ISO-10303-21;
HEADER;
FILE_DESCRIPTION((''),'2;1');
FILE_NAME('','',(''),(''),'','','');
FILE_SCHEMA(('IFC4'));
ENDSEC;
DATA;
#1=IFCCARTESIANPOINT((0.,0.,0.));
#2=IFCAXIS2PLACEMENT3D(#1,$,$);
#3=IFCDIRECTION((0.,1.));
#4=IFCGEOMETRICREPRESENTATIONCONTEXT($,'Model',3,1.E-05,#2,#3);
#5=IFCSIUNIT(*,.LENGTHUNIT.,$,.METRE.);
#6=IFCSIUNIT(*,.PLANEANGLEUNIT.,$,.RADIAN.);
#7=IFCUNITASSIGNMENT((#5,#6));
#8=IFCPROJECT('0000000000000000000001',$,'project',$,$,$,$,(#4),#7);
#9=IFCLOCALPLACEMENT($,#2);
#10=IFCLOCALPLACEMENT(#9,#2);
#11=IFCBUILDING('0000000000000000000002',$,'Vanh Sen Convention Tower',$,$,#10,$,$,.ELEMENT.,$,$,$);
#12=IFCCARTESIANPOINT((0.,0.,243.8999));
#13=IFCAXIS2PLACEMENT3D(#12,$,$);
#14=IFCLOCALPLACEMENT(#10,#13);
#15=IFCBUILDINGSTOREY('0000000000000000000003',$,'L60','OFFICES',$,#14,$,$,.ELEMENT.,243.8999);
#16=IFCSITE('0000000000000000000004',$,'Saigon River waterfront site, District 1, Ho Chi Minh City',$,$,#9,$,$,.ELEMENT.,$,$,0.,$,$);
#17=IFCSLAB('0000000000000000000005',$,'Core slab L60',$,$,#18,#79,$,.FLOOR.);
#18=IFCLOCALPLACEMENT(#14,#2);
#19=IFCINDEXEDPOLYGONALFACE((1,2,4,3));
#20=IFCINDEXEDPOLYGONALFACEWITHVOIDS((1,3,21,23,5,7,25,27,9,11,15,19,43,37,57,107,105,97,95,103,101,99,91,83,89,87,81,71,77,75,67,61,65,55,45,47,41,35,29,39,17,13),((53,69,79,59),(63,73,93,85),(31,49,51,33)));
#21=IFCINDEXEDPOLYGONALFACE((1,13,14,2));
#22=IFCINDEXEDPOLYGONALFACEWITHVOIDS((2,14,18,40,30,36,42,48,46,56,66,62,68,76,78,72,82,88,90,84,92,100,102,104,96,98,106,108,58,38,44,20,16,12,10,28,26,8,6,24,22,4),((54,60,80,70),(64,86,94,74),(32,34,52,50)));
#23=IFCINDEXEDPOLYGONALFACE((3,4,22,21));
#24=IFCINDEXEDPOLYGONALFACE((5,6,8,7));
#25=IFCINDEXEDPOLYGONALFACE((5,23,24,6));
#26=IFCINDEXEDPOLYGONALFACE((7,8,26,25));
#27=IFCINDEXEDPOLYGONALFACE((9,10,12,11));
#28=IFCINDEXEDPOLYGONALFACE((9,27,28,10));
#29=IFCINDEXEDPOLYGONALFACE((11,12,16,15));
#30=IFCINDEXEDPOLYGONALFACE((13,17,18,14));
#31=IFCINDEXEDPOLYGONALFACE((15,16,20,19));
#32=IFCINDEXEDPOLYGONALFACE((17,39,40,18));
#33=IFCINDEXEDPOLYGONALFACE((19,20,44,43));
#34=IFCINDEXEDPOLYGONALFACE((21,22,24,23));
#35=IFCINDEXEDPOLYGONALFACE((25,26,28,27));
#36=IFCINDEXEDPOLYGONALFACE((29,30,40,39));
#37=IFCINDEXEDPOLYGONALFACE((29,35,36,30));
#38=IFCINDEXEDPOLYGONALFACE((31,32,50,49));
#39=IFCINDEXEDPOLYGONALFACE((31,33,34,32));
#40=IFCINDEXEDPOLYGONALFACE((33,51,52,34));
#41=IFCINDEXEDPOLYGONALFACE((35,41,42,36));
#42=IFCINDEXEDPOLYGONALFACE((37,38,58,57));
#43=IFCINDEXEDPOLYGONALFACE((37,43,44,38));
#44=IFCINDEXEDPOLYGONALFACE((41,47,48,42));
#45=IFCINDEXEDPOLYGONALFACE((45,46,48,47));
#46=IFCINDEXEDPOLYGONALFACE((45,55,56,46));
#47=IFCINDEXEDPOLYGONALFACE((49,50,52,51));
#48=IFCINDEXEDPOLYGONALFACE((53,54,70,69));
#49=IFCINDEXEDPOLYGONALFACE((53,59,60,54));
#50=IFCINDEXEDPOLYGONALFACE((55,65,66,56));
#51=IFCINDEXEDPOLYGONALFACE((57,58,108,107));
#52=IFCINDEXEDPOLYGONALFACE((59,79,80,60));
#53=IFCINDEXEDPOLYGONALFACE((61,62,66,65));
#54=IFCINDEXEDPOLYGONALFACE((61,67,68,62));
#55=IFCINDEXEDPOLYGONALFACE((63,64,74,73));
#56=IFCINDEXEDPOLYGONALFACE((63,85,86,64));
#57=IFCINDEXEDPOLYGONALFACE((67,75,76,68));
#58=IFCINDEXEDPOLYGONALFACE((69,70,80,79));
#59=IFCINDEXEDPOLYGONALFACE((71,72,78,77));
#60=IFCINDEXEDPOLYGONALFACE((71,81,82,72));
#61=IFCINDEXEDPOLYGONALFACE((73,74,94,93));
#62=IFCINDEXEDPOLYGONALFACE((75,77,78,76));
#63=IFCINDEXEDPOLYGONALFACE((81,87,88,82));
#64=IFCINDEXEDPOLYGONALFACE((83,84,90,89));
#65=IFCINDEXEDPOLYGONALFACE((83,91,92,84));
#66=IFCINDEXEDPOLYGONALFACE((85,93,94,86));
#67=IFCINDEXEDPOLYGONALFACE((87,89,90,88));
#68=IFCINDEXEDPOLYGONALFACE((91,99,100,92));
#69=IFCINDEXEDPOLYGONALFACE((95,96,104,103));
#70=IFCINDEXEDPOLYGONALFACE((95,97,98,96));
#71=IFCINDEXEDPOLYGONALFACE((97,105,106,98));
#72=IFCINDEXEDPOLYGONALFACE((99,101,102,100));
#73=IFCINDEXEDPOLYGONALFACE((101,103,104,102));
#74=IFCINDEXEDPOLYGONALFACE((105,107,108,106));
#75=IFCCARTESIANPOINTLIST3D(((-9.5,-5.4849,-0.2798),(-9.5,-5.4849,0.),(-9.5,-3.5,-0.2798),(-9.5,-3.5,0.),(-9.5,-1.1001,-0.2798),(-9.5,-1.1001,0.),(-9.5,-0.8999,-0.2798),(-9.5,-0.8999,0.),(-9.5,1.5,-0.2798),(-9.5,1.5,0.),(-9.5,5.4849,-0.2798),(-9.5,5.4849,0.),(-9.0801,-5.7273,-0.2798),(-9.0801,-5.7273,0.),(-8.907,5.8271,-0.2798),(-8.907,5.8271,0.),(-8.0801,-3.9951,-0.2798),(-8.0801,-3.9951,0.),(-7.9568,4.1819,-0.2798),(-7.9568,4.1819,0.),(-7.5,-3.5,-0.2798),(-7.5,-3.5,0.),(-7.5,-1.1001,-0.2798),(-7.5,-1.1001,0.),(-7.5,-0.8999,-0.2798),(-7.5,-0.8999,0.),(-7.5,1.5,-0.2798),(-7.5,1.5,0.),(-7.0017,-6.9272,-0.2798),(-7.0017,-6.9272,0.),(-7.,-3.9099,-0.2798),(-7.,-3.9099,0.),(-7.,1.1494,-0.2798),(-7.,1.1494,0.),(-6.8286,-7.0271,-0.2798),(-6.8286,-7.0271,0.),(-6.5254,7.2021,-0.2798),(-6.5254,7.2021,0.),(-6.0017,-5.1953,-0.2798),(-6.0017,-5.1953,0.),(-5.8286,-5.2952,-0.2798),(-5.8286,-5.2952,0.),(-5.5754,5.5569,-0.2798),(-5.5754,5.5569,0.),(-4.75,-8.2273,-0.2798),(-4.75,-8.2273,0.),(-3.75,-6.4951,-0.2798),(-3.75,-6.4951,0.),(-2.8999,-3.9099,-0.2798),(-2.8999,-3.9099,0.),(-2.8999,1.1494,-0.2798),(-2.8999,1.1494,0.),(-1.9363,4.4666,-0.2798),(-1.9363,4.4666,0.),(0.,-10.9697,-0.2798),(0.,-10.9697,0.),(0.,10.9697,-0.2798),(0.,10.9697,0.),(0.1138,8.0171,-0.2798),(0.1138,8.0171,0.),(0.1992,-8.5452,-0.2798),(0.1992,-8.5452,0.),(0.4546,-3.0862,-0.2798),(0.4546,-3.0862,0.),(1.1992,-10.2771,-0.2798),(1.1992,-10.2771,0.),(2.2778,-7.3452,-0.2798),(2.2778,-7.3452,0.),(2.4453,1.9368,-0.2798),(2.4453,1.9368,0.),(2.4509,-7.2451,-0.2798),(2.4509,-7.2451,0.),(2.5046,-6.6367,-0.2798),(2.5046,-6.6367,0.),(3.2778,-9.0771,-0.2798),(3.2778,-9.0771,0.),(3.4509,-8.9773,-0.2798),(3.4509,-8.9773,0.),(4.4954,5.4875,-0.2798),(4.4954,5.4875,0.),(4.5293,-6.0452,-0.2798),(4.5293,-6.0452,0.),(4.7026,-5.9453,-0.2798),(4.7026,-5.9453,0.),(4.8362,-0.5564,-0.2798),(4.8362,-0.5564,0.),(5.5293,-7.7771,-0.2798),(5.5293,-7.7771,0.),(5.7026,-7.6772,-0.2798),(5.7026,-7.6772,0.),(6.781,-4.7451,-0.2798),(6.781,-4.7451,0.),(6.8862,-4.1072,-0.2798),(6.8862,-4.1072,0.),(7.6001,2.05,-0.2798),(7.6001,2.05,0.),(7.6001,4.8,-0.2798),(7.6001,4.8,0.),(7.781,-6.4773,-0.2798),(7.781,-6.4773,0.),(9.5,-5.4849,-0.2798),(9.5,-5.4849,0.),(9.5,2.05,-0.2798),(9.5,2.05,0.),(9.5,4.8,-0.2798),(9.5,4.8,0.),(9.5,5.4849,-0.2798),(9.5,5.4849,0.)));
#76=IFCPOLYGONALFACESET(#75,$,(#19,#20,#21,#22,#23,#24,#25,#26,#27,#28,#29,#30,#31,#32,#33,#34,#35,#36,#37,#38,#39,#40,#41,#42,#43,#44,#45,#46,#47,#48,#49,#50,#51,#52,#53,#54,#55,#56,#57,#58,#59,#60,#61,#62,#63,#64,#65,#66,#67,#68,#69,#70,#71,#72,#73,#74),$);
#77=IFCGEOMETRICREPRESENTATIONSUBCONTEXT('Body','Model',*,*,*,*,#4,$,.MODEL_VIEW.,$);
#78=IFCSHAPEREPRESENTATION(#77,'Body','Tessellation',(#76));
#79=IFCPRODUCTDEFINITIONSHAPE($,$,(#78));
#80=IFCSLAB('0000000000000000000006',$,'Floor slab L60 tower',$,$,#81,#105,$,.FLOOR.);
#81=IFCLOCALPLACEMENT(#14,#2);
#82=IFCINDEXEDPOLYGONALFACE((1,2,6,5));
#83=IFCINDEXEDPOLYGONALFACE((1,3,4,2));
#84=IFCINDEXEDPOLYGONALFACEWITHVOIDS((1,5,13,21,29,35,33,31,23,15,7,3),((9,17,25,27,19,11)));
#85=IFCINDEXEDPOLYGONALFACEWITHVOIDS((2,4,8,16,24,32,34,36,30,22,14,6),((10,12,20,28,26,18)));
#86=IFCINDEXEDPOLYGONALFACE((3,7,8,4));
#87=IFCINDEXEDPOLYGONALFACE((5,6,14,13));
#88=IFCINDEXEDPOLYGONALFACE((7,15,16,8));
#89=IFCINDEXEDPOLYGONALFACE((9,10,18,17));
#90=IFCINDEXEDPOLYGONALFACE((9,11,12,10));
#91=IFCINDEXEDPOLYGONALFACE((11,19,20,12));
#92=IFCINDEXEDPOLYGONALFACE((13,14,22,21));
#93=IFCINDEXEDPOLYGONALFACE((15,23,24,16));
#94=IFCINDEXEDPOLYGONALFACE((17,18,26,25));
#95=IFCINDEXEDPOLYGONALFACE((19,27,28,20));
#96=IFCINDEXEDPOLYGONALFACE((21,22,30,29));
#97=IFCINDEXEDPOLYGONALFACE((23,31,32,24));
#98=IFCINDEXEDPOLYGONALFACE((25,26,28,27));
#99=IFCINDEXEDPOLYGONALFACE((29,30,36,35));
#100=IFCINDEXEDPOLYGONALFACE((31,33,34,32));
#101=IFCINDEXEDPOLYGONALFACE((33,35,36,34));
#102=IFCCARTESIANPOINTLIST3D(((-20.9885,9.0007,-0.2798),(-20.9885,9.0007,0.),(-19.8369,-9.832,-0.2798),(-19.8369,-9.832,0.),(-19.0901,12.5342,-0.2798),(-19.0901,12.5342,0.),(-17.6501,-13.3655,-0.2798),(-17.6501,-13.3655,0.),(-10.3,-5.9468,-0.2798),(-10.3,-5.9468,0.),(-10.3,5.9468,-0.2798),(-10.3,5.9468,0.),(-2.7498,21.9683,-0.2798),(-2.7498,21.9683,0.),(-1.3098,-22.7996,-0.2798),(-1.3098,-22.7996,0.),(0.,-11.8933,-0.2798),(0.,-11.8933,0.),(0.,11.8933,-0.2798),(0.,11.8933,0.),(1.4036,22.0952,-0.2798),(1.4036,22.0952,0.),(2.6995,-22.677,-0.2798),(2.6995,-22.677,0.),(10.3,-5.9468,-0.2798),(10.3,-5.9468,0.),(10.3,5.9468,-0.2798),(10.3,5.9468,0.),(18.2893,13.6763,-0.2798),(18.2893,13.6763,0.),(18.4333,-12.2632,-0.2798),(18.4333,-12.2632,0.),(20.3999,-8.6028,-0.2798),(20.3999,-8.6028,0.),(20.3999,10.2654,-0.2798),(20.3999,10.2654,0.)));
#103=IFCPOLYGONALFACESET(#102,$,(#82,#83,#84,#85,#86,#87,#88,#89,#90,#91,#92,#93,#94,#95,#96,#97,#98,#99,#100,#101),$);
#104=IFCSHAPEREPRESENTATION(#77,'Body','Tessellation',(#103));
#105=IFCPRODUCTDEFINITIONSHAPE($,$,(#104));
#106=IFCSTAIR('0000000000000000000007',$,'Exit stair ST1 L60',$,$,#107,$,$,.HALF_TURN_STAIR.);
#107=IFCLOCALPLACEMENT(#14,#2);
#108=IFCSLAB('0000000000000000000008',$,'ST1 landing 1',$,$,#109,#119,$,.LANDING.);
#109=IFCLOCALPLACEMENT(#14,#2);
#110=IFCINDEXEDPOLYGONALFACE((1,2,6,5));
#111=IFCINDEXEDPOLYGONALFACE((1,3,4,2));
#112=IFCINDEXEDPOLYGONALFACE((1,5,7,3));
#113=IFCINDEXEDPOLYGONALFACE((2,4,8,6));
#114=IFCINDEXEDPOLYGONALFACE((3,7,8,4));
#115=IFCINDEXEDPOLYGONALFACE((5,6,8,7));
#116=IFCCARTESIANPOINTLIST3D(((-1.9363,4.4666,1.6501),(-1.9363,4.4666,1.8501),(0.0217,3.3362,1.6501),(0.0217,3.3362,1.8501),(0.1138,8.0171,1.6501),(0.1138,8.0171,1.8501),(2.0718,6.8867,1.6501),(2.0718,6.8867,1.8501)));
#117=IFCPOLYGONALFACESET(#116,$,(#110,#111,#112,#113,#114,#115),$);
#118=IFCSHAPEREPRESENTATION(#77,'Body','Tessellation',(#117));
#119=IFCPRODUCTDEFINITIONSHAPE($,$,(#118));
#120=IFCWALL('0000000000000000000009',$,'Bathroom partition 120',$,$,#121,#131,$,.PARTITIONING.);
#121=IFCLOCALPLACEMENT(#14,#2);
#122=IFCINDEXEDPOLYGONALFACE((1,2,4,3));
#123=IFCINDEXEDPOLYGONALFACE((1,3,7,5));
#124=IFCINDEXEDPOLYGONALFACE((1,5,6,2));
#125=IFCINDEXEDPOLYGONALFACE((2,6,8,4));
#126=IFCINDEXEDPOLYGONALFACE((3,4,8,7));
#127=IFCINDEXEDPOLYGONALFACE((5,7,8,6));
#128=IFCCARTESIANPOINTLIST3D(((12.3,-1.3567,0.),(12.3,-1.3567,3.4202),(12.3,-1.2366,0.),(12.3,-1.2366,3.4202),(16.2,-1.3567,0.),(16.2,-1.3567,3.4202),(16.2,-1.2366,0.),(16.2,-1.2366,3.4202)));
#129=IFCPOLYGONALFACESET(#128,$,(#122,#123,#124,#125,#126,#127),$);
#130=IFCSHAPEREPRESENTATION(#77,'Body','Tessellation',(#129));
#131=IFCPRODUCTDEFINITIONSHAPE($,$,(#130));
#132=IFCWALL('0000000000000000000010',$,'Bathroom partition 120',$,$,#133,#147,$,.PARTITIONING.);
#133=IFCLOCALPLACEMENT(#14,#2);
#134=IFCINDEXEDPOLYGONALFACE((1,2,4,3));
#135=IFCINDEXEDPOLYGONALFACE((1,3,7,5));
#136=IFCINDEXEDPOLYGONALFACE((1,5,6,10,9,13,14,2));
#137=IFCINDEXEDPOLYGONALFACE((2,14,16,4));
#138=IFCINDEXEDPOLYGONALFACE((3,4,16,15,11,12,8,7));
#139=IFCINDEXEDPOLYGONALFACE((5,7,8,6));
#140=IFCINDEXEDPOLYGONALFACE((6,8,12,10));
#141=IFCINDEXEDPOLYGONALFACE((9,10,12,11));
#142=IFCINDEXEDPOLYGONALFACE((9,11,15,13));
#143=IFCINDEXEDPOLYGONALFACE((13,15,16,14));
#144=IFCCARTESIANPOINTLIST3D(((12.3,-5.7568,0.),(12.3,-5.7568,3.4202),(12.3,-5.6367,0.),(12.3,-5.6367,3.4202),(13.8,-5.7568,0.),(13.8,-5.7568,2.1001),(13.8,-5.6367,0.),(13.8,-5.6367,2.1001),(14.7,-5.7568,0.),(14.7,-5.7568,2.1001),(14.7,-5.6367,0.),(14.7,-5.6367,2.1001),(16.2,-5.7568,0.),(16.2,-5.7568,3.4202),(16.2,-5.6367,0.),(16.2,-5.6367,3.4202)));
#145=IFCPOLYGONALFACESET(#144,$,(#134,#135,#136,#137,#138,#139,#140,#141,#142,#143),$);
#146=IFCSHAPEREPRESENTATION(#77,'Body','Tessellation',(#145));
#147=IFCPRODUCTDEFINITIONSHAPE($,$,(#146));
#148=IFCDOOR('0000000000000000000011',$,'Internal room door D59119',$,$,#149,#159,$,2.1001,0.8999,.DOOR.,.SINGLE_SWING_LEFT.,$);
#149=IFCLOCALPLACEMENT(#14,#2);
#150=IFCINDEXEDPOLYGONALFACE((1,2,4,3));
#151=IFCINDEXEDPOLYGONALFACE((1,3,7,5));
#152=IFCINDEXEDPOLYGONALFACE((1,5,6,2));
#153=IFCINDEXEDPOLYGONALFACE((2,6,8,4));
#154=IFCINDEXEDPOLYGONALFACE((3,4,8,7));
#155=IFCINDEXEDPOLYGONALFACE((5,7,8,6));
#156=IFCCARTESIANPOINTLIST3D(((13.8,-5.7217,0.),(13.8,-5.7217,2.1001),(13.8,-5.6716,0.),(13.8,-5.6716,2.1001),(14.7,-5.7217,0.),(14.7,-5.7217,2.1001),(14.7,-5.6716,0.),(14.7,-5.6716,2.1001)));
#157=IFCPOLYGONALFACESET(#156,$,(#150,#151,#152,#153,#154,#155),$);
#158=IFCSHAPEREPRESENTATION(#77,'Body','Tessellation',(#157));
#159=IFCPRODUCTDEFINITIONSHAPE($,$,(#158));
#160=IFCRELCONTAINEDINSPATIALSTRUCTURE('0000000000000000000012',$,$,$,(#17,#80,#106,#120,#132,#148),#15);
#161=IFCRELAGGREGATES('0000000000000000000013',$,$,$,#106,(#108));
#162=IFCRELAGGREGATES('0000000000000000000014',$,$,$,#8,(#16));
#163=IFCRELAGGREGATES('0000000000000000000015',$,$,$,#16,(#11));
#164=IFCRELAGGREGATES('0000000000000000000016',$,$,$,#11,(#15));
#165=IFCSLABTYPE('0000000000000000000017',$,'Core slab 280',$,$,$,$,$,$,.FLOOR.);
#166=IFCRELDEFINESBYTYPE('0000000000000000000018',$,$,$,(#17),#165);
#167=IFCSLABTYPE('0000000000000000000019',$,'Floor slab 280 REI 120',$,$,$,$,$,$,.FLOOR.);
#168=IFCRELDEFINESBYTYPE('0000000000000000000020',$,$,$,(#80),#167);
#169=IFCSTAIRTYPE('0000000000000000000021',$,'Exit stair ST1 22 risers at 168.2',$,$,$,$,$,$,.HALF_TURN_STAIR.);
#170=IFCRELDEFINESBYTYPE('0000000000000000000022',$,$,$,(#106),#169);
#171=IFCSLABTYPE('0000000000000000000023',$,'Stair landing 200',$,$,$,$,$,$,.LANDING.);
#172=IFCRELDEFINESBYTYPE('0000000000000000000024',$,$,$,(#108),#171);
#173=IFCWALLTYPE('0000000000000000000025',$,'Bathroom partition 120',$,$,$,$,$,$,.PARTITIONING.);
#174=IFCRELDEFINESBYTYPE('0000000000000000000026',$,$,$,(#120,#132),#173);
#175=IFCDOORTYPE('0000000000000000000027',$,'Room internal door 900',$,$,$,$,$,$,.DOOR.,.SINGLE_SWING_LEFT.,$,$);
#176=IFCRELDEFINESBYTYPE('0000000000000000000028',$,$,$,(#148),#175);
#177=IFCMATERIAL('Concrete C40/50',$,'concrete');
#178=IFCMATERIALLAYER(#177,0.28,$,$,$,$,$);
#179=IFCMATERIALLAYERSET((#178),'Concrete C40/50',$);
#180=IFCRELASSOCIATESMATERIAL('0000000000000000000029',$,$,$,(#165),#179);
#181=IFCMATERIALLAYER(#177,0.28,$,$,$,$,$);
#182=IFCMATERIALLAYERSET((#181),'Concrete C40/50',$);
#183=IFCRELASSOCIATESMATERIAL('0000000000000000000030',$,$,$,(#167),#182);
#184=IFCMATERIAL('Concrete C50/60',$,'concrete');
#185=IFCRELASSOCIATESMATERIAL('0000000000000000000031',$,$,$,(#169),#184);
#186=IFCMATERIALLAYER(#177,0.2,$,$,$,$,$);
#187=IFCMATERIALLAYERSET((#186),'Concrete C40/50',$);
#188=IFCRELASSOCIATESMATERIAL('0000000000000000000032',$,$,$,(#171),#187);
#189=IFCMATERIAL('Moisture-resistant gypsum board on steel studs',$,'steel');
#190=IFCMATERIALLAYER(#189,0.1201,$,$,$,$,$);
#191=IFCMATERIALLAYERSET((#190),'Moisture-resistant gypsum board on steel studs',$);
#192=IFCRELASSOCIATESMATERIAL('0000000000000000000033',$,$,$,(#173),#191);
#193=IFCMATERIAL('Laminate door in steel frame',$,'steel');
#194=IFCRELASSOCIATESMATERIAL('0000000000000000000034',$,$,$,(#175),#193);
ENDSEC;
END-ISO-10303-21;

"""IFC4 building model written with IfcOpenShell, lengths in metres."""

from ifc_helpers import new_model, si_unit, direction, frame, frame_2d, origin, place, context, subcontext, project, spatial, polyline, rectangle, outline, extrude, material, layer, layer_set, type_object, element, fill, aggregate, save


model = new_model("IFC4")

# Units and contexts
model_context = context("Model", 3, precision=1e-05, world=origin(), true_north=direction((0.0, 1.0)))
body_context = subcontext(model_context, "Body", "Model", "MODEL_VIEW")
ifc_project = project(units=[si_unit("LENGTHUNIT", "METRE"), si_unit("PLANEANGLEUNIT", "RADIAN")], contexts=[model_context])

# Site, building, storey
site_placement = place(None, origin())
site = spatial("IfcSite", under=ifc_project, at=site_placement, Name="Saigon River waterfront site, District 1, Ho Chi Minh City", CompositionType="ELEMENT", RefElevation=0.0)
building_placement = place(site_placement, origin())
building = spatial("IfcBuilding", under=site, at=building_placement, Name="Vanh Sen Convention Tower", CompositionType="ELEMENT")
storey_placement = place(building_placement, frame((0.0, 0.0, 243.8999)))
storey = spatial("IfcBuildingStorey", under=building, at=storey_placement, Name="L60", Description="OFFICES", CompositionType="ELEMENT", Elevation=243.8999)

# Slabs
ifc_material_1 = material(Name="Concrete C40/50", Category="concrete")
ifc_layer_1 = layer(ifc_material_1, 0.28)
ifc_layer_set_1 = layer_set([ifc_layer_1], Name="Concrete C40/50")
slab_type_1 = type_object("IfcSlabType", Name="Core slab 280", PredefinedType="FLOOR", material=ifc_layer_set_1)
slab_1_placement = place(storey_placement, frame((0.0, 0.0, -0.2798)))
element("IfcSlab", 1, at=slab_1_placement, inside=storey, type_object=slab_type_1, Name="Core slab L60", PredefinedType="FLOOR", context=body_context, shape_type="SweptSolid", body=[
    extrude(outline(polyline([(0.0, 10.9697), (9.5, 5.4849), (9.5, 4.8), (7.6001, 4.8), (7.6001, 2.05), (9.5, 2.05), (9.5, -5.4849), (7.781, -6.4773), (6.781, -4.7451), (4.7026, -5.9453), (5.7026, -7.6772), (5.5293, -7.7771), (4.5293, -6.0452), (2.4509, -7.2451), (3.4509, -8.9773), (3.2778, -9.0771), (2.2778, -7.3452), (0.1992, -8.5452), (1.1992, -10.2771), (0.0, -10.9697), (-4.75, -8.2273), (-3.75, -6.4951), (-5.8286, -5.2952), (-6.8286, -7.0271), (-7.0017, -6.9272), (-6.0017, -5.1953), (-8.0801, -3.9951), (-9.0801, -5.7273), (-9.5, -5.4849), (-9.5, -3.5), (-7.5, -3.5), (-7.5, -1.1001), (-9.5, -1.1001), (-9.5, -0.8999), (-7.5, -0.8999), (-7.5, 1.5), (-9.5, 1.5), (-9.5, 5.4849), (-8.907, 5.8271), (-7.9568, 4.1819), (-5.5754, 5.5569), (-6.5254, 7.2021), (0.0, 10.9697)]), holes=[polyline([(-7.0, 1.1494), (-7.0, -3.9099), (-2.8999, -3.9099), (-2.8999, 1.1494), (-7.0, 1.1494)]), polyline([(2.5046, -6.6367), (6.8862, -4.1072), (4.8362, -0.5564), (0.4546, -3.0862), (2.5046, -6.6367)]), polyline([(0.1138, 8.0171), (-1.9363, 4.4666), (2.4453, 1.9368), (4.4954, 5.4875), (0.1138, 8.0171)])]), origin(), (0.0, 0.0, 1.0), 0.2798),
])
ifc_layer_2 = layer(ifc_material_1, 0.28)
ifc_layer_set_2 = layer_set([ifc_layer_2], Name="Concrete C40/50")
slab_type_2 = type_object("IfcSlabType", Name="Floor slab 280 REI 120", PredefinedType="FLOOR", material=ifc_layer_set_2)
slab_2_placement = place(storey_placement, frame((0.0, 0.0, -0.2798)))
element("IfcSlab", 2, at=slab_2_placement, inside=storey, type_object=slab_type_2, Name="Floor slab L60 tower", PredefinedType="FLOOR", context=body_context, shape_type="SweptSolid", body=[
    extrude(outline(polyline([(20.3999, -8.6028), (20.3999, 10.2654), (18.2893, 13.6763), (1.4036, 22.0952), (-2.7498, 21.9683), (-19.0901, 12.5342), (-20.9885, 9.0007), (-19.8369, -9.832), (-17.6501, -13.3655), (-1.3098, -22.7996), (2.6995, -22.677), (18.4333, -12.2632), (20.3999, -8.6028)]), holes=[polyline([(0.0, 11.8933), (-10.3, 5.9468), (-10.3, -5.9468), (0.0, -11.8933), (10.3, -5.9468), (10.3, 5.9468), (0.0, 11.8933)])]), origin(), (0.0, 0.0, 1.0), 0.2798),
])

# Stair, slab
ifc_material_2 = material(Name="Concrete C50/60", Category="concrete")
stair_type = type_object("IfcStairType", Name="Exit stair ST1 22 risers at 168.2", PredefinedType="HALF_TURN_STAIR", material=ifc_material_2)
stair_placement = place(storey_placement, origin())
stair = element("IfcStair", 3, at=stair_placement, inside=storey, type_object=stair_type, Name="Exit stair ST1 L60", PredefinedType="HALF_TURN_STAIR")
ifc_layer_3 = layer(ifc_material_1, 0.2)
ifc_layer_set_3 = layer_set([ifc_layer_3], Name="Concrete C40/50")
slab_type_3 = type_object("IfcSlabType", Name="Stair landing 200", PredefinedType="LANDING", material=ifc_layer_set_3)
slab_3_placement = place(storey_placement, frame((0.0, 0.0, 1.6501)))
slab_3 = element("IfcSlab", 4, at=slab_3_placement, type_object=slab_type_3, Name="ST1 landing 1", PredefinedType="LANDING", context=body_context, shape_type="SweptSolid", body=[
    extrude(outline(polyline([(2.0718, 6.8867), (0.1138, 8.0171), (-1.9363, 4.4666), (0.0217, 3.3362), (2.0718, 6.8867)])), origin(), (0.0, 0.0, 1.0), 0.2),
])
aggregate(stair, [slab_3])

# Wall
ifc_material_3 = material(Name="Moisture-resistant gypsum board on steel studs", Category="steel")
ifc_layer_4 = layer(ifc_material_3, 0.1201)
ifc_layer_set_4 = layer_set([ifc_layer_4], Name="Moisture-resistant gypsum board on steel studs")
wall_type_1 = type_object("IfcWallType", Name="Bathroom partition 120", PredefinedType="PARTITIONING", material=ifc_layer_set_4)
wall_1_placement = place(storey_placement, frame((12.3, -1.2966, 0.0), z_axis=(0.0, 0.0, 1.0), x_axis=(1.0, 0.0, 0.0)))
element("IfcWall", 5, at=wall_1_placement, inside=storey, type_object=wall_type_1, Name="Bathroom partition 120", PredefinedType="PARTITIONING", context=body_context, shape_type="SweptSolid", body=[
    extrude(rectangle(XDim=3.8999, YDim=0.1201, at=frame_2d((1.95, 0.0))), origin(), (0.0, 0.0, 1.0), 3.4202),
])

# Wall, opening, door
wall_2_placement = place(storey_placement, frame((16.2, -5.6968, 0.0), z_axis=(0.0, 0.0, 1.0), x_axis=(-1.0, 0.0, 0.0)))
wall_2 = element("IfcWall", 6, at=wall_2_placement, inside=storey, type_object=wall_type_1, Name="Bathroom partition 120", PredefinedType="PARTITIONING", context=body_context, shape_type="SweptSolid", body=[
    extrude(rectangle(XDim=3.8999, YDim=0.1201, at=frame_2d((1.95, 0.0))), origin(), (0.0, 0.0, 1.0), 3.4202),
])
opening_1_placement = place(wall_2_placement, frame((1.5, 0.0, 0.0)))
opening_1 = element("IfcOpeningElement", 7, at=opening_1_placement, cuts=wall_2, PredefinedType="OPENING", context=body_context, shape_type="SweptSolid", body=[
    extrude(rectangle(XDim=0.8999, YDim=2.1001, at=frame_2d((0.45, 1.05))), frame((0.0, 0.0701, 0.0), z_axis=(0.0, -1.0, 0.0), x_axis=(1.0, 0.0, 0.0)), (0.0, 0.0, 1.0), 0.1401),
])
ifc_material_4 = material(Name="Laminate door in steel frame", Category="steel")
door_type_1 = type_object("IfcDoorType", Name="Room internal door 900", OperationType="SINGLE_SWING_LEFT", PredefinedType="DOOR", material=ifc_material_4)
door_1_placement = place(opening_1_placement, origin())
door_1 = element("IfcDoor", 8, at=door_1_placement, inside=storey, type_object=door_type_1, Name="Internal room door D59119", OperationType="SINGLE_SWING_LEFT", OverallHeight=2.1001, OverallWidth=0.8999, PredefinedType="DOOR", context=body_context, shape_type="SweptSolid", body=[
    extrude(rectangle(XDim=0.8999, YDim=2.1001, at=frame_2d((0.45, 1.05))), frame((0.0, 0.0249, 0.0), z_axis=(0.0, -1.0, 0.0), x_axis=(1.0, 0.0, 0.0)), (0.0, 0.0, 1.0), 0.05),
])
fill(opening_1, door_1)

save(model, "model.ifc")
